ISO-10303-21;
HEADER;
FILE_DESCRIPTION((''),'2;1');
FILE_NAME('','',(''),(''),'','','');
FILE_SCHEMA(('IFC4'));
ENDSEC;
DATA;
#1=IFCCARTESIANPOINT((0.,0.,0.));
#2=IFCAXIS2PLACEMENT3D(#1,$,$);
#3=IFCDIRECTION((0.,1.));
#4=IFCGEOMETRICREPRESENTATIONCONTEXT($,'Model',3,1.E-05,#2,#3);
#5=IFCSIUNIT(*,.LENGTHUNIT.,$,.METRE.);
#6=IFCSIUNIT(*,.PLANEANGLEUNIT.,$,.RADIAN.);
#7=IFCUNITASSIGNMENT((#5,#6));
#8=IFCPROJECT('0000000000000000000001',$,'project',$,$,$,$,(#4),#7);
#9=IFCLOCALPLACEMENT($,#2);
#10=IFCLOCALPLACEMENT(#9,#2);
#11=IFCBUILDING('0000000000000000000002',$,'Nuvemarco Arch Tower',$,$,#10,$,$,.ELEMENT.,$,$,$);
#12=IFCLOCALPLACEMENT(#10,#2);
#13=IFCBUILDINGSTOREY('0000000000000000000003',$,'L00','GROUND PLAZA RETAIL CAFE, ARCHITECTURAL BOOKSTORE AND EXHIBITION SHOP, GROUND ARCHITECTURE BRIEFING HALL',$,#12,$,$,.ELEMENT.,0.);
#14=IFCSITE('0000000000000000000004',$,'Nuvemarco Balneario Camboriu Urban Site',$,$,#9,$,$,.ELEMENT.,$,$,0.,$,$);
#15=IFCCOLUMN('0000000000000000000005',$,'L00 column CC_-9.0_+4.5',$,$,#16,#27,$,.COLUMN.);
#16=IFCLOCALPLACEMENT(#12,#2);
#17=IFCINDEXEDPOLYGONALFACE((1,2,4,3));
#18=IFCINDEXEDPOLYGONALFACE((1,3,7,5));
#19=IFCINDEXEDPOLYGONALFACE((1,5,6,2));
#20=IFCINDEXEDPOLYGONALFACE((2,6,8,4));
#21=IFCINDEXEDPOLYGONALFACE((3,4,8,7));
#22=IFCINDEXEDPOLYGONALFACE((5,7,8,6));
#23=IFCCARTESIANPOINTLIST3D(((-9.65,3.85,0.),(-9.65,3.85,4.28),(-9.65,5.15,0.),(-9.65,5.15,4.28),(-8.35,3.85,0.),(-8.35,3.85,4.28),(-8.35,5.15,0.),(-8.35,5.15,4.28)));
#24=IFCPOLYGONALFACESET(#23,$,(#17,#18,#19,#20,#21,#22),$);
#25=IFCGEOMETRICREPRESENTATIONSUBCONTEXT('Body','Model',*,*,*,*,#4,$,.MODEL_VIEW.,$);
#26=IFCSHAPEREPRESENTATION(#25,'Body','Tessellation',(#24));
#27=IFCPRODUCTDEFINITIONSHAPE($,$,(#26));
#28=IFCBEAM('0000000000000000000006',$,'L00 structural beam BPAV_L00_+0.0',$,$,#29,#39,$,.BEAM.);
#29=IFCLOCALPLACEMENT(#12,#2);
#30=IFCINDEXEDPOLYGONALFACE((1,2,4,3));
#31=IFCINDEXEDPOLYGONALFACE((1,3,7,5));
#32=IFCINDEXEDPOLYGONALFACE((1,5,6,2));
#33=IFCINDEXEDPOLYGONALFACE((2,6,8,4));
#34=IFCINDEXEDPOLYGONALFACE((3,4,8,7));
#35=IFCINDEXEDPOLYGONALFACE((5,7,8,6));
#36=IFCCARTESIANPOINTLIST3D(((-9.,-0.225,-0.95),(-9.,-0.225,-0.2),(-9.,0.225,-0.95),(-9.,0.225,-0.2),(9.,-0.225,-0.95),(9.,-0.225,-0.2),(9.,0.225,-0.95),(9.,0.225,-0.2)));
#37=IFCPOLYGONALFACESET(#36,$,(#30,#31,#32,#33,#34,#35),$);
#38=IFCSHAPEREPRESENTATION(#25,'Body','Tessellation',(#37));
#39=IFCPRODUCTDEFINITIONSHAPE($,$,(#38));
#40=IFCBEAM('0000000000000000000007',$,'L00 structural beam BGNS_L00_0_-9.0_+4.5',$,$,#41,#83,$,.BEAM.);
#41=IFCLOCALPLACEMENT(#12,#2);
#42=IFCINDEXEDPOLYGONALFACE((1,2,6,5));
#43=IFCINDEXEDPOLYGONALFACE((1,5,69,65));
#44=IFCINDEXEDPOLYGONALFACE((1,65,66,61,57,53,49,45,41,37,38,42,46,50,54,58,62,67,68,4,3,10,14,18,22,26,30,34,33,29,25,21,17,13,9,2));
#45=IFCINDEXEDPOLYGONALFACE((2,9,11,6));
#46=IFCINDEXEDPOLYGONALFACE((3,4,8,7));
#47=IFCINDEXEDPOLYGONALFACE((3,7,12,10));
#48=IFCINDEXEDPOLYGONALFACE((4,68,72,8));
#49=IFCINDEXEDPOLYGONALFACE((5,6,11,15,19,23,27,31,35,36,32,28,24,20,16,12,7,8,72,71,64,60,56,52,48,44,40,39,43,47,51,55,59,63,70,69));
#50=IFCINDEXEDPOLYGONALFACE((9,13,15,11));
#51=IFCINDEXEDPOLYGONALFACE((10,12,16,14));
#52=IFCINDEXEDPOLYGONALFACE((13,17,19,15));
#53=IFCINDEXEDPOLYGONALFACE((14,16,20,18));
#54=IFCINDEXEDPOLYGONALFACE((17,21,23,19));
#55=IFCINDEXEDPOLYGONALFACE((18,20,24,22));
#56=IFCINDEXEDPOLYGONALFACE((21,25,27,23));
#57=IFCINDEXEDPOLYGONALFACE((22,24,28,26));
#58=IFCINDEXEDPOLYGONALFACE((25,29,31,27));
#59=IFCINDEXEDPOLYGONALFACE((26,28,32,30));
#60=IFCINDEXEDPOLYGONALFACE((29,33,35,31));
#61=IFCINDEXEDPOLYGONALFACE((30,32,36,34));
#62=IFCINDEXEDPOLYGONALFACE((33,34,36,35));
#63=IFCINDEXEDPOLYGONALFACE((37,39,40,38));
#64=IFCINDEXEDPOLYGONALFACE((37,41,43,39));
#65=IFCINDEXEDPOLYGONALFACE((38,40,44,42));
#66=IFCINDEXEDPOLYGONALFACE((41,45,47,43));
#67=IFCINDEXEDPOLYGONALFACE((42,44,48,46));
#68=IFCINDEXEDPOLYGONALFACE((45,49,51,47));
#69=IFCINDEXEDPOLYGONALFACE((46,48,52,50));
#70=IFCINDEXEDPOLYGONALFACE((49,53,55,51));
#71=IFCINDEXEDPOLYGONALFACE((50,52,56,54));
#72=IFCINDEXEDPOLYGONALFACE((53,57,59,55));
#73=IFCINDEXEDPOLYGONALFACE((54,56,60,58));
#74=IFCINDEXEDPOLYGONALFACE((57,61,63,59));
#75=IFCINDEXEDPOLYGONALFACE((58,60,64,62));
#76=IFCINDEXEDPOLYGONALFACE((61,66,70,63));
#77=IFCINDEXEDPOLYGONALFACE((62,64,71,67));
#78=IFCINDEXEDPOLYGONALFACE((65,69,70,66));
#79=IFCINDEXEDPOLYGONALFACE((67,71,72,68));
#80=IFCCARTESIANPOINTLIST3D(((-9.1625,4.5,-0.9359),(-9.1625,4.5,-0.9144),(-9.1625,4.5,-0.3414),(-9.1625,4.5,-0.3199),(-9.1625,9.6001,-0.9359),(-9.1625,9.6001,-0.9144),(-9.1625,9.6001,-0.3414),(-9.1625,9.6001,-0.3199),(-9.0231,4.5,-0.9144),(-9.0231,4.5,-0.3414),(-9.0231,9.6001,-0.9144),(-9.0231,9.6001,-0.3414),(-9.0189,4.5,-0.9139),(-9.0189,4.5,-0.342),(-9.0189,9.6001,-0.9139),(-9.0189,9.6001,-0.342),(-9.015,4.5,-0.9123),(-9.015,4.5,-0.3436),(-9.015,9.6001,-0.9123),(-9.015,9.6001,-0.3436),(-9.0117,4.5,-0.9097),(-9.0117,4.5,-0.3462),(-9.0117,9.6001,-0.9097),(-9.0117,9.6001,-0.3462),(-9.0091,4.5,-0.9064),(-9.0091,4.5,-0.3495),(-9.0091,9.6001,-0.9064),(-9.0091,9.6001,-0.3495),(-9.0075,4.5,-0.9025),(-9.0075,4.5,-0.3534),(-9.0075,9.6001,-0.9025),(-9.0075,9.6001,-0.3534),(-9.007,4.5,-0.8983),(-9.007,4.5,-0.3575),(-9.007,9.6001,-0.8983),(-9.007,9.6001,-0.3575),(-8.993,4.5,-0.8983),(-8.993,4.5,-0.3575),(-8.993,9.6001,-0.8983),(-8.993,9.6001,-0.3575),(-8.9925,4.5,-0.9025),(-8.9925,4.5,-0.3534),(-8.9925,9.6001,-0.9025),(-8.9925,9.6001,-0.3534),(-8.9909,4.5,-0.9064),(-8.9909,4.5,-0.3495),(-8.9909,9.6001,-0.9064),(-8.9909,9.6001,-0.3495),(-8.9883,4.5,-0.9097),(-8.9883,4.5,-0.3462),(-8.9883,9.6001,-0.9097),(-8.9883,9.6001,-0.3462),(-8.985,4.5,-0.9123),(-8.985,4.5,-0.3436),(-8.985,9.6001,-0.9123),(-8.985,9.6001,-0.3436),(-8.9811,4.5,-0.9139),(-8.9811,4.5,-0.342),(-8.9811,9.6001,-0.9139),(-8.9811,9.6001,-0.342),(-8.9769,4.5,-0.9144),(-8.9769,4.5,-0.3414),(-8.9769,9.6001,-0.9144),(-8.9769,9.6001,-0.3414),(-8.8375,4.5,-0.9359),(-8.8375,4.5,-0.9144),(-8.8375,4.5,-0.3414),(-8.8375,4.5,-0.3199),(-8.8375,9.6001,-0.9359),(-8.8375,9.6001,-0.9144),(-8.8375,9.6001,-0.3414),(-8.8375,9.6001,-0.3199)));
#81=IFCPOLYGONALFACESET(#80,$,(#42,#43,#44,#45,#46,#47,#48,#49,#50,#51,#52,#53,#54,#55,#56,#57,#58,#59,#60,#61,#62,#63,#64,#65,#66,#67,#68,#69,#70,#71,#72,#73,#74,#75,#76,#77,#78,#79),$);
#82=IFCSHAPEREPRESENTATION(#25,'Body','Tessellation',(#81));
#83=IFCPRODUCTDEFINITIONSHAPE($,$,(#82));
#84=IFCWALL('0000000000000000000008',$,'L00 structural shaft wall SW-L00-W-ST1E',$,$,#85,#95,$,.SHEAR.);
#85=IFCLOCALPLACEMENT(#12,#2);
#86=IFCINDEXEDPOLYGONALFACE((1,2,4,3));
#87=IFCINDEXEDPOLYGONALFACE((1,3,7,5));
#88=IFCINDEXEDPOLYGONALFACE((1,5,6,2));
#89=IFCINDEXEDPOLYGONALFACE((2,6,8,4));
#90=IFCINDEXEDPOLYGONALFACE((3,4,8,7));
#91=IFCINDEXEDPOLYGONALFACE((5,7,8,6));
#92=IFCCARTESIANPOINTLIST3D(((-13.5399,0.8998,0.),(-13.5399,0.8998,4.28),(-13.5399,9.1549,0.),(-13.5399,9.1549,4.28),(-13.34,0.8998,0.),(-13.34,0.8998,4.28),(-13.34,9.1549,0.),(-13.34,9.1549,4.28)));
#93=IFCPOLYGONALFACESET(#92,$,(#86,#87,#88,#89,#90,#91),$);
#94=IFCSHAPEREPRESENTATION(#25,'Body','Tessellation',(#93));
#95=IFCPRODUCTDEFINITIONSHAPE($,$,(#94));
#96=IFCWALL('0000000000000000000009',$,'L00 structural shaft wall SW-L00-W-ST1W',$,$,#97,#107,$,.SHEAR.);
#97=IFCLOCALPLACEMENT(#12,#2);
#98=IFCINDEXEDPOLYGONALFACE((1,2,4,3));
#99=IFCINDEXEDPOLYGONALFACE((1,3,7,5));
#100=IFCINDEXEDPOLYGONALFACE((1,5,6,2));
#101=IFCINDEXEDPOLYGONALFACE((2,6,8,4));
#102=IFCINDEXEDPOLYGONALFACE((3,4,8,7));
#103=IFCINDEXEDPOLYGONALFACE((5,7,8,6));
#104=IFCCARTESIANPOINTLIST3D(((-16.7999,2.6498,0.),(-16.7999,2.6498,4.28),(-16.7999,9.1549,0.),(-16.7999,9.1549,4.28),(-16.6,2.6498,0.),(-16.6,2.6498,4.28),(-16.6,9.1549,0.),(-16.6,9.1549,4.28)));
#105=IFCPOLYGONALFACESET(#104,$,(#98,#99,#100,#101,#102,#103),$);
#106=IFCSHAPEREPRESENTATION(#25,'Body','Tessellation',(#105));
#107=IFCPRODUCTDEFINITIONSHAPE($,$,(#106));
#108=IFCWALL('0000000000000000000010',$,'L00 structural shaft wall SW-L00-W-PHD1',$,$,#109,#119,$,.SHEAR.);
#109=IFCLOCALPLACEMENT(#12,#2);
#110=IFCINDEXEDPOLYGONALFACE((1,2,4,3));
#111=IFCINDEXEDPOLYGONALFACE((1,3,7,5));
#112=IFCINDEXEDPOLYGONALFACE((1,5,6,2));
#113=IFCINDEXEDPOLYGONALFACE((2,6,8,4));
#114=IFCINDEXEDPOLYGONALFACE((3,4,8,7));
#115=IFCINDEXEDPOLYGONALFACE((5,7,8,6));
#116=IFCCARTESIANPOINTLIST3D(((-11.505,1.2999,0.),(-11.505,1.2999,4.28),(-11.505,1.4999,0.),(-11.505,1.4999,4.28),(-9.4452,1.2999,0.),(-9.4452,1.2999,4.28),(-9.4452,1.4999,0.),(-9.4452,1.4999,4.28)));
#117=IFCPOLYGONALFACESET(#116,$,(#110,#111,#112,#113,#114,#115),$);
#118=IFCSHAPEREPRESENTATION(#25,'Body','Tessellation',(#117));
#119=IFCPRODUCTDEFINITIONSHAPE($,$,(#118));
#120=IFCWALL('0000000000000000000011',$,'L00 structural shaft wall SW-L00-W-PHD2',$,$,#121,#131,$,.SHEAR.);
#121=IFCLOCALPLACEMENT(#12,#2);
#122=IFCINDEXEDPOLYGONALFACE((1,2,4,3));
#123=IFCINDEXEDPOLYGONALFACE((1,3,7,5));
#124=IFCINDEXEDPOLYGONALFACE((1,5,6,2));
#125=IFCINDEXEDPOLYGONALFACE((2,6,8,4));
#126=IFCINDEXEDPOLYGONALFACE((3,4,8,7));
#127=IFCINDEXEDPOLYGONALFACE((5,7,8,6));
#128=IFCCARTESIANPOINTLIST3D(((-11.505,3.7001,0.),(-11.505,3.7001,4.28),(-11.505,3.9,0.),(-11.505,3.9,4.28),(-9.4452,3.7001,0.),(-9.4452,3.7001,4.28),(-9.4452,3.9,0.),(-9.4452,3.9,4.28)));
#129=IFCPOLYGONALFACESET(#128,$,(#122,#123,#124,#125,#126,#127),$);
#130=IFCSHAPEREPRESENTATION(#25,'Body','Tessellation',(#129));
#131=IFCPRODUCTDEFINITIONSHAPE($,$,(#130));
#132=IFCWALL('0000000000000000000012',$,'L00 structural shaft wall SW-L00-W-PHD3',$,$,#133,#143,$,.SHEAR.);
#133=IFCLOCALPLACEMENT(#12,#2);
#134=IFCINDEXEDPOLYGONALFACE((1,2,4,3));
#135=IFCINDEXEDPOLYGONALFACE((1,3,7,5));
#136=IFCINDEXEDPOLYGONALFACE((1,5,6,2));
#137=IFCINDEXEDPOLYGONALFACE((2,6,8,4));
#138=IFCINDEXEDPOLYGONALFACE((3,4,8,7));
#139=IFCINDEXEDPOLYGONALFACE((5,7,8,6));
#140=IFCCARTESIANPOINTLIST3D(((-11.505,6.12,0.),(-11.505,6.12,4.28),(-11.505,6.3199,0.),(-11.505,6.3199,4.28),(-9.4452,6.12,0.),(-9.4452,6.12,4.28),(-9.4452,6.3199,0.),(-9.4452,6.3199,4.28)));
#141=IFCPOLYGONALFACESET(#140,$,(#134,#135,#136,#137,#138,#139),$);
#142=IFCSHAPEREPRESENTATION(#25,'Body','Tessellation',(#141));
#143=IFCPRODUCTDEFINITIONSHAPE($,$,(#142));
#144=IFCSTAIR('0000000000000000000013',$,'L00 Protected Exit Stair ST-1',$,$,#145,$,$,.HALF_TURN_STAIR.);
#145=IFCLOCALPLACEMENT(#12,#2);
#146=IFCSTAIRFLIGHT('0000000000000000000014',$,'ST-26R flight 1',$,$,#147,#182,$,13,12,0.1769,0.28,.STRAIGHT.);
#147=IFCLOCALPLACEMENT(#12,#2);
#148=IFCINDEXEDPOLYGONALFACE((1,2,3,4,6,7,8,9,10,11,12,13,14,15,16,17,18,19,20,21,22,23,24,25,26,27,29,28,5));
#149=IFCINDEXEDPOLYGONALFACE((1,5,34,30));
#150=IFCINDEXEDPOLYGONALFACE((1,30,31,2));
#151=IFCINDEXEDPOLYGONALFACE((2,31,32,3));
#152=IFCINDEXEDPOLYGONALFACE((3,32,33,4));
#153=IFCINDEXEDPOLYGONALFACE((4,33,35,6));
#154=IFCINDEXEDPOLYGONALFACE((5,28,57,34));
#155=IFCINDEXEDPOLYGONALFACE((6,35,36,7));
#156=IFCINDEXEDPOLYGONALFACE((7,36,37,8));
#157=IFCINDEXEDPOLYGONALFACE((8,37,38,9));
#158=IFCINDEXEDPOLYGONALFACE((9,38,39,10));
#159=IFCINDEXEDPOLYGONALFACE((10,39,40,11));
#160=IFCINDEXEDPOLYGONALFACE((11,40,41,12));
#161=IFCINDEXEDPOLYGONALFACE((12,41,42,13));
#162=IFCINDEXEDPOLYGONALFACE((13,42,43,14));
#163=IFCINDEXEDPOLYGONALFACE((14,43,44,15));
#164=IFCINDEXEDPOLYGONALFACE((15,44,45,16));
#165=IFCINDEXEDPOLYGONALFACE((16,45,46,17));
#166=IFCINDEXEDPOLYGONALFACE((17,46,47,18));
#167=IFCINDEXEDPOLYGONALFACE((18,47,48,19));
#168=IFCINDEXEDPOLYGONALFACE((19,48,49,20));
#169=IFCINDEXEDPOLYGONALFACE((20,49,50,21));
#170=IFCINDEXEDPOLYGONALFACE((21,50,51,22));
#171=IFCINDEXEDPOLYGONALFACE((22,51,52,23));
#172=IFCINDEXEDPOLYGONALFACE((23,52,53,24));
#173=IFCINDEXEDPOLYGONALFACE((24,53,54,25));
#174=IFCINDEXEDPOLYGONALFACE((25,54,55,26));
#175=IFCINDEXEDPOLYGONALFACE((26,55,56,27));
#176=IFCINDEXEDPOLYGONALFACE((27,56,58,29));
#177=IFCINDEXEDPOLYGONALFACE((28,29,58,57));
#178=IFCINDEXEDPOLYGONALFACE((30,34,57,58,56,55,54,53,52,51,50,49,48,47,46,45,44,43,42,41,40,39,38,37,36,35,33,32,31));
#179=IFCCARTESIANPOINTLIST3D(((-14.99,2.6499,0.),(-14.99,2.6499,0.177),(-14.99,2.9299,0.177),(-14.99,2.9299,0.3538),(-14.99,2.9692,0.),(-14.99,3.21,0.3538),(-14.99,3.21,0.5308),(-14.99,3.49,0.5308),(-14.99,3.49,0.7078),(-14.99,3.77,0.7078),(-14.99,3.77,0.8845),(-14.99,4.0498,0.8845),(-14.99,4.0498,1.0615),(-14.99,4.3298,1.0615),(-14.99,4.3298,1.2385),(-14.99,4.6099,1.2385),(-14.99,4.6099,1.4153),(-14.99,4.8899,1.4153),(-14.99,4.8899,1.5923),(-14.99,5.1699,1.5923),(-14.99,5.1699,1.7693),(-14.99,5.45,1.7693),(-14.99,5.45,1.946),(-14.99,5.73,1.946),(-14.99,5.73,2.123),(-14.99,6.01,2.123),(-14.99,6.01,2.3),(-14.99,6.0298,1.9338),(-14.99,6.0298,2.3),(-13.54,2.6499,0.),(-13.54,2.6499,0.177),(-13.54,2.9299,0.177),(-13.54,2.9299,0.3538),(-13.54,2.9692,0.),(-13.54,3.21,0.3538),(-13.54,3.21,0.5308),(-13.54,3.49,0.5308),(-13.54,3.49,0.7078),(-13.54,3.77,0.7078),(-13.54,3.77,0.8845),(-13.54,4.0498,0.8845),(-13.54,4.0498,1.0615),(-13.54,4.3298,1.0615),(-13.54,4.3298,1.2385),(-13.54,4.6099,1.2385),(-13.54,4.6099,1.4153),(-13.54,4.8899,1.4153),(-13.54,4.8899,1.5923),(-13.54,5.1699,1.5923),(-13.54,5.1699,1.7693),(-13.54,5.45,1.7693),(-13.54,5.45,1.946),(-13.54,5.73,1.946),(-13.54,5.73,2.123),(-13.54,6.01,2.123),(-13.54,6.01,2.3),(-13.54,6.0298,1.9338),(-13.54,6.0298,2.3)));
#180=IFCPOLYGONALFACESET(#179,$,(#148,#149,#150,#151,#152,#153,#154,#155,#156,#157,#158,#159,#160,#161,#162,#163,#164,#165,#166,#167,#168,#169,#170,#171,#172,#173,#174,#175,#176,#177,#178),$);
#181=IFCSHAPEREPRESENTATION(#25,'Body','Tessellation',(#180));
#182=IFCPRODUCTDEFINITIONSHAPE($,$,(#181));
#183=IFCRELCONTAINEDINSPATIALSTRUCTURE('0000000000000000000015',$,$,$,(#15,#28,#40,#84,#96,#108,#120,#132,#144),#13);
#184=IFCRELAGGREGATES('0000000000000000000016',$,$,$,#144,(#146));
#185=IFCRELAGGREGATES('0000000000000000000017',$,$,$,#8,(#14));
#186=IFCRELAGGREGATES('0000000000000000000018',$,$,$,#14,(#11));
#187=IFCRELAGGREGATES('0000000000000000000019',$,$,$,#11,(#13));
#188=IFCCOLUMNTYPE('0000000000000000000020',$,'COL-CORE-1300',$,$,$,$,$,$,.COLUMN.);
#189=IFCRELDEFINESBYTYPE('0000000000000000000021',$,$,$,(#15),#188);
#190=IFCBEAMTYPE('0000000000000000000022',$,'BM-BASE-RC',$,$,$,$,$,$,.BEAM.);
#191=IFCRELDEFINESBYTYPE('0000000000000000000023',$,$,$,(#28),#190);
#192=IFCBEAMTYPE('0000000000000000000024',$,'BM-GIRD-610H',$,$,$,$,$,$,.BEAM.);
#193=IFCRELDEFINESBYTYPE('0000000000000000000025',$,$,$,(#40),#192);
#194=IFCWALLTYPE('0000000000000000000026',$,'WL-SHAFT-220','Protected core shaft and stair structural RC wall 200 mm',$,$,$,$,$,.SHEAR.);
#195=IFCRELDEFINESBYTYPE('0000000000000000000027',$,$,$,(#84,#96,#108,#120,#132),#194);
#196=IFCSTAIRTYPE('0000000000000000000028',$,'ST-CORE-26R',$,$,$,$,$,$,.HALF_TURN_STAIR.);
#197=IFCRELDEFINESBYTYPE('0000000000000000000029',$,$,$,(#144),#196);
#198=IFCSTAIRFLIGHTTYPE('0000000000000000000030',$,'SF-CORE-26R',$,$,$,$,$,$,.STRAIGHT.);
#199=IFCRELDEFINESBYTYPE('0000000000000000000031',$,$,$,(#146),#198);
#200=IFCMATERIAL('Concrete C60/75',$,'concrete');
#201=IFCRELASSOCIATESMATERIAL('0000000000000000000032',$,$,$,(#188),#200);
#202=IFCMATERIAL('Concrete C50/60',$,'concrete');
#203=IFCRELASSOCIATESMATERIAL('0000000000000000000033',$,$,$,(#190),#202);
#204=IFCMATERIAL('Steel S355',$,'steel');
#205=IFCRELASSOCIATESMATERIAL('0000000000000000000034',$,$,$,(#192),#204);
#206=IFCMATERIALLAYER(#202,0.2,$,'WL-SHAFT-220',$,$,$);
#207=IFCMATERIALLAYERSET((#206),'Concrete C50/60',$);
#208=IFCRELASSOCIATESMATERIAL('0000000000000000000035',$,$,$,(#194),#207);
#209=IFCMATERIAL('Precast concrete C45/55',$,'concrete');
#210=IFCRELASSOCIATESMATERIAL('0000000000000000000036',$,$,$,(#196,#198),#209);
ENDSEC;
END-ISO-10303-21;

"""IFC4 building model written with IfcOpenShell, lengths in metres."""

from ifc_helpers import new_model, si_unit, direction, frame, frame_2d, origin, origin_2d, place, context, subcontext, project, spatial, polyline, rectangle, i_section, outline, extrude, material, layer, layer_set, material_profile, profile_set, type_object, element, aggregate, save


model = new_model("IFC4")

# Units and contexts
model_context = context("Model", 3, precision=1e-05, world=origin(), true_north=direction((0.0, 1.0)))
body_context = subcontext(model_context, "Body", "Model", "MODEL_VIEW")
ifc_project = project(units=[si_unit("LENGTHUNIT", "METRE"), si_unit("PLANEANGLEUNIT", "RADIAN")], contexts=[model_context])

# Site, building, storey
site_placement = place(None, origin())
site = spatial("IfcSite", under=ifc_project, at=site_placement, Name="Nuvemarco Balneario Camboriu Urban Site", CompositionType="ELEMENT", RefElevation=0.0)
building_placement = place(site_placement, origin())
building = spatial("IfcBuilding", under=site, at=building_placement, Name="Nuvemarco Arch Tower", CompositionType="ELEMENT")
storey_placement = place(building_placement, origin())
storey = spatial("IfcBuildingStorey", under=building, at=storey_placement, Name="L00", Description="GROUND PLAZA RETAIL CAFE, ARCHITECTURAL BOOKSTORE AND EXHIBITION SHOP, GROUND ARCHITECTURE BRIEFING HALL", CompositionType="ELEMENT", Elevation=0.0)

# Column
ifc_material_1 = material(Name="Concrete C60/75", Category="concrete")
ifc_material_profile_1 = material_profile(ifc_material_1, rectangle(XDim=1.3, YDim=1.3, at=origin_2d()), Name="RC-COL-1300x1300")
ifc_profile_set_1 = profile_set([ifc_material_profile_1], Name="Concrete C60/75")
column_type = type_object("IfcColumnType", Name="COL-CORE-1300", PredefinedType="COLUMN", material=ifc_profile_set_1)
column_placement = place(storey_placement, frame((-9.0, 4.5, 0.0), z_axis=(0.0, 0.0, 1.0), x_axis=(1.0, 0.0, 0.0)))
element("IfcColumn", 1, at=column_placement, inside=storey, type_object=column_type, Name="L00 column CC_-9.0_+4.5", PredefinedType="COLUMN", context=body_context, shape_type="SweptSolid", body=[
    extrude(rectangle(XDim=1.3, YDim=1.3, at=origin_2d()), origin(), (0.0, 0.0, 1.0), 4.28),
])

# Beams
ifc_material_2 = material(Name="Concrete C50/60", Category="concrete")
ifc_material_profile_2 = material_profile(ifc_material_2, rectangle(XDim=0.45, YDim=0.75, at=origin_2d()), Name="RC-BM-450x750")
ifc_profile_set_2 = profile_set([ifc_material_profile_2], Name="Concrete C50/60")
beam_type_1 = type_object("IfcBeamType", Name="BM-BASE-RC", PredefinedType="BEAM", material=ifc_profile_set_2)
beam_1_placement = place(storey_placement, frame((-9.0, 0.0, -0.575), z_axis=(1.0, 0.0, 0.0), x_axis=(0.0, 1.0, 0.0)))
element("IfcBeam", 2, at=beam_1_placement, inside=storey, type_object=beam_type_1, Name="L00 structural beam BPAV_L00_+0.0", PredefinedType="BEAM", context=body_context, shape_type="SweptSolid", body=[
    extrude(rectangle(XDim=0.45, YDim=0.75, at=origin_2d()), origin(), (0.0, 0.0, 1.0), 18.0),
])
ifc_material_3 = material(Name="Steel S355", Category="steel")
ifc_material_profile_3 = material_profile(ifc_material_3, i_section(OverallWidth=0.325, OverallDepth=0.616, WebThickness=0.0139, FlangeThickness=0.0215, FilletRadius=0.0161, at=origin_2d()), Name="W610x174")
ifc_profile_set_3 = profile_set([ifc_material_profile_3], Name="Steel S355")
beam_type_2 = type_object("IfcBeamType", Name="BM-GIRD-610H", PredefinedType="BEAM", material=ifc_profile_set_3)
beam_2_placement = place(storey_placement, frame((-9.0, 4.5, -0.6279), z_axis=(0.0, 1.0, 0.0), x_axis=(-1.0, 0.0, 0.0)))
element("IfcBeam", 3, at=beam_2_placement, inside=storey, type_object=beam_type_2, Name="L00 structural beam BGNS_L00_0_-9.0_+4.5", PredefinedType="BEAM", context=body_context, shape_type="SweptSolid", body=[
    extrude(i_section(OverallWidth=0.325, OverallDepth=0.616, WebThickness=0.0139, FlangeThickness=0.0215, FilletRadius=0.0161, at=origin_2d()), origin(), (0.0, 0.0, 1.0), 5.1001),
])

# Walls
ifc_layer = layer(ifc_material_2, 0.2, Name="WL-SHAFT-220")
ifc_layer_set = layer_set([ifc_layer], Name="Concrete C50/60")
wall_type = type_object("IfcWallType", Name="WL-SHAFT-220", Description="Protected core shaft and stair structural RC wall 200 mm", PredefinedType="SHEAR", material=ifc_layer_set)
wall_1_placement = place(storey_placement, frame((-13.4399, 0.8999, 0.0), z_axis=(0.0, 0.0, 1.0), x_axis=(0.0, 1.0, 0.0)))
element("IfcWall", 4, at=wall_1_placement, inside=storey, type_object=wall_type, Name="L00 structural shaft wall SW-L00-W-ST1E", PredefinedType="SHEAR", context=body_context, shape_type="SweptSolid", body=[
    extrude(rectangle(XDim=8.2551, YDim=0.2, at=frame_2d((4.1274, 0.0))), origin(), (0.0, 0.0, 1.0), 4.28),
])
wall_2_placement = place(storey_placement, frame((-16.7, 2.6499, 0.0), z_axis=(0.0, 0.0, 1.0), x_axis=(0.0, 1.0, 0.0)))
element("IfcWall", 5, at=wall_2_placement, inside=storey, type_object=wall_type, Name="L00 structural shaft wall SW-L00-W-ST1W", PredefinedType="SHEAR", context=body_context, shape_type="SweptSolid", body=[
    extrude(rectangle(XDim=6.5051, YDim=0.2, at=frame_2d((3.2524, 0.0))), origin(), (0.0, 0.0, 1.0), 4.28),
])

# Walls
for number, where, z_axis, x_axis, name in (
    (6, (-11.5049, 1.3999, 0.0), (0.0, 0.0, 1.0), (1.0, 0.0, 0.0), "L00 structural shaft wall SW-L00-W-PHD1"),
    (7, (-11.5049, 3.8, 0.0), (0.0, 0.0, 1.0), (1.0, 0.0, 0.0), "L00 structural shaft wall SW-L00-W-PHD2"),
    (8, (-11.5049, 6.22, 0.0), (0.0, 0.0, 1.0), (1.0, 0.0, 0.0), "L00 structural shaft wall SW-L00-W-PHD3"),
):
    element("IfcWall", number, at=place(storey_placement, frame(where, z_axis=z_axis, x_axis=x_axis)), inside=storey, type_object=wall_type, Name=name, PredefinedType="SHEAR", context=body_context, shape_type="SweptSolid", body=[
        extrude(rectangle(XDim=2.0598, YDim=0.2, at=frame_2d((1.0298, 0.0))), origin(), (0.0, 0.0, 1.0), 4.28),
    ])

# Stair, stair flight
ifc_material_4 = material(Name="Precast concrete C45/55", Category="concrete")
stair_type = type_object("IfcStairType", Name="ST-CORE-26R", PredefinedType="HALF_TURN_STAIR", material=ifc_material_4)
stair_placement = place(storey_placement, origin())
stair = element("IfcStair", 9, at=stair_placement, inside=storey, type_object=stair_type, Name="L00 Protected Exit Stair ST-1", PredefinedType="HALF_TURN_STAIR")
stair_flight_type = type_object("IfcStairFlightType", Name="SF-CORE-26R", PredefinedType="STRAIGHT", material=ifc_material_4)
stair_flight_1_placement = place(storey_placement, frame((-14.2649, 2.6499, 0.0), z_axis=(0.0, 0.0, 1.0), x_axis=(0.0, 1.0, 0.0)))
stair_flight_1 = element("IfcStairFlight", 10, at=stair_flight_1_placement, type_object=stair_flight_type, Name="ST-26R flight 1", NumberOfRisers=13, NumberOfTreads=12, PredefinedType="STRAIGHT", RiserHeight=0.1769, TreadLength=0.28, context=body_context, shape_type="SweptSolid", body=[
    extrude(outline(polyline([(0.0, 0.0), (0.0, 0.177), (0.28, 0.177), (0.28, 0.3538), (0.5601, 0.3538), (0.5601, 0.5308), (0.8401, 0.5308), (0.8401, 0.7078), (1.1201, 0.7078), (1.1201, 0.8845), (1.3999, 0.8845), (1.3999, 1.0615), (1.6799, 1.0615), (1.6799, 1.2385), (1.96, 1.2385), (1.96, 1.4153), (2.24, 1.4153), (2.24, 1.5923), (2.52, 1.5923), (2.52, 1.7693), (2.8, 1.7693), (2.8, 1.946), (3.0801, 1.946), (3.0801, 2.123), (3.3601, 2.123), (3.3601, 2.3), (3.3799, 2.3), (3.3799, 1.9338), (0.3193, 0.0), (0.0, 0.0)])), frame((0.0, 0.7251, 0.0), z_axis=(0.0, -1.0, 0.0), x_axis=(1.0, 0.0, 0.0)), (0.0, 0.0, 1.0), 1.45),
])
aggregate(stair, [stair_flight_1])

save(model, "model.ifc")
